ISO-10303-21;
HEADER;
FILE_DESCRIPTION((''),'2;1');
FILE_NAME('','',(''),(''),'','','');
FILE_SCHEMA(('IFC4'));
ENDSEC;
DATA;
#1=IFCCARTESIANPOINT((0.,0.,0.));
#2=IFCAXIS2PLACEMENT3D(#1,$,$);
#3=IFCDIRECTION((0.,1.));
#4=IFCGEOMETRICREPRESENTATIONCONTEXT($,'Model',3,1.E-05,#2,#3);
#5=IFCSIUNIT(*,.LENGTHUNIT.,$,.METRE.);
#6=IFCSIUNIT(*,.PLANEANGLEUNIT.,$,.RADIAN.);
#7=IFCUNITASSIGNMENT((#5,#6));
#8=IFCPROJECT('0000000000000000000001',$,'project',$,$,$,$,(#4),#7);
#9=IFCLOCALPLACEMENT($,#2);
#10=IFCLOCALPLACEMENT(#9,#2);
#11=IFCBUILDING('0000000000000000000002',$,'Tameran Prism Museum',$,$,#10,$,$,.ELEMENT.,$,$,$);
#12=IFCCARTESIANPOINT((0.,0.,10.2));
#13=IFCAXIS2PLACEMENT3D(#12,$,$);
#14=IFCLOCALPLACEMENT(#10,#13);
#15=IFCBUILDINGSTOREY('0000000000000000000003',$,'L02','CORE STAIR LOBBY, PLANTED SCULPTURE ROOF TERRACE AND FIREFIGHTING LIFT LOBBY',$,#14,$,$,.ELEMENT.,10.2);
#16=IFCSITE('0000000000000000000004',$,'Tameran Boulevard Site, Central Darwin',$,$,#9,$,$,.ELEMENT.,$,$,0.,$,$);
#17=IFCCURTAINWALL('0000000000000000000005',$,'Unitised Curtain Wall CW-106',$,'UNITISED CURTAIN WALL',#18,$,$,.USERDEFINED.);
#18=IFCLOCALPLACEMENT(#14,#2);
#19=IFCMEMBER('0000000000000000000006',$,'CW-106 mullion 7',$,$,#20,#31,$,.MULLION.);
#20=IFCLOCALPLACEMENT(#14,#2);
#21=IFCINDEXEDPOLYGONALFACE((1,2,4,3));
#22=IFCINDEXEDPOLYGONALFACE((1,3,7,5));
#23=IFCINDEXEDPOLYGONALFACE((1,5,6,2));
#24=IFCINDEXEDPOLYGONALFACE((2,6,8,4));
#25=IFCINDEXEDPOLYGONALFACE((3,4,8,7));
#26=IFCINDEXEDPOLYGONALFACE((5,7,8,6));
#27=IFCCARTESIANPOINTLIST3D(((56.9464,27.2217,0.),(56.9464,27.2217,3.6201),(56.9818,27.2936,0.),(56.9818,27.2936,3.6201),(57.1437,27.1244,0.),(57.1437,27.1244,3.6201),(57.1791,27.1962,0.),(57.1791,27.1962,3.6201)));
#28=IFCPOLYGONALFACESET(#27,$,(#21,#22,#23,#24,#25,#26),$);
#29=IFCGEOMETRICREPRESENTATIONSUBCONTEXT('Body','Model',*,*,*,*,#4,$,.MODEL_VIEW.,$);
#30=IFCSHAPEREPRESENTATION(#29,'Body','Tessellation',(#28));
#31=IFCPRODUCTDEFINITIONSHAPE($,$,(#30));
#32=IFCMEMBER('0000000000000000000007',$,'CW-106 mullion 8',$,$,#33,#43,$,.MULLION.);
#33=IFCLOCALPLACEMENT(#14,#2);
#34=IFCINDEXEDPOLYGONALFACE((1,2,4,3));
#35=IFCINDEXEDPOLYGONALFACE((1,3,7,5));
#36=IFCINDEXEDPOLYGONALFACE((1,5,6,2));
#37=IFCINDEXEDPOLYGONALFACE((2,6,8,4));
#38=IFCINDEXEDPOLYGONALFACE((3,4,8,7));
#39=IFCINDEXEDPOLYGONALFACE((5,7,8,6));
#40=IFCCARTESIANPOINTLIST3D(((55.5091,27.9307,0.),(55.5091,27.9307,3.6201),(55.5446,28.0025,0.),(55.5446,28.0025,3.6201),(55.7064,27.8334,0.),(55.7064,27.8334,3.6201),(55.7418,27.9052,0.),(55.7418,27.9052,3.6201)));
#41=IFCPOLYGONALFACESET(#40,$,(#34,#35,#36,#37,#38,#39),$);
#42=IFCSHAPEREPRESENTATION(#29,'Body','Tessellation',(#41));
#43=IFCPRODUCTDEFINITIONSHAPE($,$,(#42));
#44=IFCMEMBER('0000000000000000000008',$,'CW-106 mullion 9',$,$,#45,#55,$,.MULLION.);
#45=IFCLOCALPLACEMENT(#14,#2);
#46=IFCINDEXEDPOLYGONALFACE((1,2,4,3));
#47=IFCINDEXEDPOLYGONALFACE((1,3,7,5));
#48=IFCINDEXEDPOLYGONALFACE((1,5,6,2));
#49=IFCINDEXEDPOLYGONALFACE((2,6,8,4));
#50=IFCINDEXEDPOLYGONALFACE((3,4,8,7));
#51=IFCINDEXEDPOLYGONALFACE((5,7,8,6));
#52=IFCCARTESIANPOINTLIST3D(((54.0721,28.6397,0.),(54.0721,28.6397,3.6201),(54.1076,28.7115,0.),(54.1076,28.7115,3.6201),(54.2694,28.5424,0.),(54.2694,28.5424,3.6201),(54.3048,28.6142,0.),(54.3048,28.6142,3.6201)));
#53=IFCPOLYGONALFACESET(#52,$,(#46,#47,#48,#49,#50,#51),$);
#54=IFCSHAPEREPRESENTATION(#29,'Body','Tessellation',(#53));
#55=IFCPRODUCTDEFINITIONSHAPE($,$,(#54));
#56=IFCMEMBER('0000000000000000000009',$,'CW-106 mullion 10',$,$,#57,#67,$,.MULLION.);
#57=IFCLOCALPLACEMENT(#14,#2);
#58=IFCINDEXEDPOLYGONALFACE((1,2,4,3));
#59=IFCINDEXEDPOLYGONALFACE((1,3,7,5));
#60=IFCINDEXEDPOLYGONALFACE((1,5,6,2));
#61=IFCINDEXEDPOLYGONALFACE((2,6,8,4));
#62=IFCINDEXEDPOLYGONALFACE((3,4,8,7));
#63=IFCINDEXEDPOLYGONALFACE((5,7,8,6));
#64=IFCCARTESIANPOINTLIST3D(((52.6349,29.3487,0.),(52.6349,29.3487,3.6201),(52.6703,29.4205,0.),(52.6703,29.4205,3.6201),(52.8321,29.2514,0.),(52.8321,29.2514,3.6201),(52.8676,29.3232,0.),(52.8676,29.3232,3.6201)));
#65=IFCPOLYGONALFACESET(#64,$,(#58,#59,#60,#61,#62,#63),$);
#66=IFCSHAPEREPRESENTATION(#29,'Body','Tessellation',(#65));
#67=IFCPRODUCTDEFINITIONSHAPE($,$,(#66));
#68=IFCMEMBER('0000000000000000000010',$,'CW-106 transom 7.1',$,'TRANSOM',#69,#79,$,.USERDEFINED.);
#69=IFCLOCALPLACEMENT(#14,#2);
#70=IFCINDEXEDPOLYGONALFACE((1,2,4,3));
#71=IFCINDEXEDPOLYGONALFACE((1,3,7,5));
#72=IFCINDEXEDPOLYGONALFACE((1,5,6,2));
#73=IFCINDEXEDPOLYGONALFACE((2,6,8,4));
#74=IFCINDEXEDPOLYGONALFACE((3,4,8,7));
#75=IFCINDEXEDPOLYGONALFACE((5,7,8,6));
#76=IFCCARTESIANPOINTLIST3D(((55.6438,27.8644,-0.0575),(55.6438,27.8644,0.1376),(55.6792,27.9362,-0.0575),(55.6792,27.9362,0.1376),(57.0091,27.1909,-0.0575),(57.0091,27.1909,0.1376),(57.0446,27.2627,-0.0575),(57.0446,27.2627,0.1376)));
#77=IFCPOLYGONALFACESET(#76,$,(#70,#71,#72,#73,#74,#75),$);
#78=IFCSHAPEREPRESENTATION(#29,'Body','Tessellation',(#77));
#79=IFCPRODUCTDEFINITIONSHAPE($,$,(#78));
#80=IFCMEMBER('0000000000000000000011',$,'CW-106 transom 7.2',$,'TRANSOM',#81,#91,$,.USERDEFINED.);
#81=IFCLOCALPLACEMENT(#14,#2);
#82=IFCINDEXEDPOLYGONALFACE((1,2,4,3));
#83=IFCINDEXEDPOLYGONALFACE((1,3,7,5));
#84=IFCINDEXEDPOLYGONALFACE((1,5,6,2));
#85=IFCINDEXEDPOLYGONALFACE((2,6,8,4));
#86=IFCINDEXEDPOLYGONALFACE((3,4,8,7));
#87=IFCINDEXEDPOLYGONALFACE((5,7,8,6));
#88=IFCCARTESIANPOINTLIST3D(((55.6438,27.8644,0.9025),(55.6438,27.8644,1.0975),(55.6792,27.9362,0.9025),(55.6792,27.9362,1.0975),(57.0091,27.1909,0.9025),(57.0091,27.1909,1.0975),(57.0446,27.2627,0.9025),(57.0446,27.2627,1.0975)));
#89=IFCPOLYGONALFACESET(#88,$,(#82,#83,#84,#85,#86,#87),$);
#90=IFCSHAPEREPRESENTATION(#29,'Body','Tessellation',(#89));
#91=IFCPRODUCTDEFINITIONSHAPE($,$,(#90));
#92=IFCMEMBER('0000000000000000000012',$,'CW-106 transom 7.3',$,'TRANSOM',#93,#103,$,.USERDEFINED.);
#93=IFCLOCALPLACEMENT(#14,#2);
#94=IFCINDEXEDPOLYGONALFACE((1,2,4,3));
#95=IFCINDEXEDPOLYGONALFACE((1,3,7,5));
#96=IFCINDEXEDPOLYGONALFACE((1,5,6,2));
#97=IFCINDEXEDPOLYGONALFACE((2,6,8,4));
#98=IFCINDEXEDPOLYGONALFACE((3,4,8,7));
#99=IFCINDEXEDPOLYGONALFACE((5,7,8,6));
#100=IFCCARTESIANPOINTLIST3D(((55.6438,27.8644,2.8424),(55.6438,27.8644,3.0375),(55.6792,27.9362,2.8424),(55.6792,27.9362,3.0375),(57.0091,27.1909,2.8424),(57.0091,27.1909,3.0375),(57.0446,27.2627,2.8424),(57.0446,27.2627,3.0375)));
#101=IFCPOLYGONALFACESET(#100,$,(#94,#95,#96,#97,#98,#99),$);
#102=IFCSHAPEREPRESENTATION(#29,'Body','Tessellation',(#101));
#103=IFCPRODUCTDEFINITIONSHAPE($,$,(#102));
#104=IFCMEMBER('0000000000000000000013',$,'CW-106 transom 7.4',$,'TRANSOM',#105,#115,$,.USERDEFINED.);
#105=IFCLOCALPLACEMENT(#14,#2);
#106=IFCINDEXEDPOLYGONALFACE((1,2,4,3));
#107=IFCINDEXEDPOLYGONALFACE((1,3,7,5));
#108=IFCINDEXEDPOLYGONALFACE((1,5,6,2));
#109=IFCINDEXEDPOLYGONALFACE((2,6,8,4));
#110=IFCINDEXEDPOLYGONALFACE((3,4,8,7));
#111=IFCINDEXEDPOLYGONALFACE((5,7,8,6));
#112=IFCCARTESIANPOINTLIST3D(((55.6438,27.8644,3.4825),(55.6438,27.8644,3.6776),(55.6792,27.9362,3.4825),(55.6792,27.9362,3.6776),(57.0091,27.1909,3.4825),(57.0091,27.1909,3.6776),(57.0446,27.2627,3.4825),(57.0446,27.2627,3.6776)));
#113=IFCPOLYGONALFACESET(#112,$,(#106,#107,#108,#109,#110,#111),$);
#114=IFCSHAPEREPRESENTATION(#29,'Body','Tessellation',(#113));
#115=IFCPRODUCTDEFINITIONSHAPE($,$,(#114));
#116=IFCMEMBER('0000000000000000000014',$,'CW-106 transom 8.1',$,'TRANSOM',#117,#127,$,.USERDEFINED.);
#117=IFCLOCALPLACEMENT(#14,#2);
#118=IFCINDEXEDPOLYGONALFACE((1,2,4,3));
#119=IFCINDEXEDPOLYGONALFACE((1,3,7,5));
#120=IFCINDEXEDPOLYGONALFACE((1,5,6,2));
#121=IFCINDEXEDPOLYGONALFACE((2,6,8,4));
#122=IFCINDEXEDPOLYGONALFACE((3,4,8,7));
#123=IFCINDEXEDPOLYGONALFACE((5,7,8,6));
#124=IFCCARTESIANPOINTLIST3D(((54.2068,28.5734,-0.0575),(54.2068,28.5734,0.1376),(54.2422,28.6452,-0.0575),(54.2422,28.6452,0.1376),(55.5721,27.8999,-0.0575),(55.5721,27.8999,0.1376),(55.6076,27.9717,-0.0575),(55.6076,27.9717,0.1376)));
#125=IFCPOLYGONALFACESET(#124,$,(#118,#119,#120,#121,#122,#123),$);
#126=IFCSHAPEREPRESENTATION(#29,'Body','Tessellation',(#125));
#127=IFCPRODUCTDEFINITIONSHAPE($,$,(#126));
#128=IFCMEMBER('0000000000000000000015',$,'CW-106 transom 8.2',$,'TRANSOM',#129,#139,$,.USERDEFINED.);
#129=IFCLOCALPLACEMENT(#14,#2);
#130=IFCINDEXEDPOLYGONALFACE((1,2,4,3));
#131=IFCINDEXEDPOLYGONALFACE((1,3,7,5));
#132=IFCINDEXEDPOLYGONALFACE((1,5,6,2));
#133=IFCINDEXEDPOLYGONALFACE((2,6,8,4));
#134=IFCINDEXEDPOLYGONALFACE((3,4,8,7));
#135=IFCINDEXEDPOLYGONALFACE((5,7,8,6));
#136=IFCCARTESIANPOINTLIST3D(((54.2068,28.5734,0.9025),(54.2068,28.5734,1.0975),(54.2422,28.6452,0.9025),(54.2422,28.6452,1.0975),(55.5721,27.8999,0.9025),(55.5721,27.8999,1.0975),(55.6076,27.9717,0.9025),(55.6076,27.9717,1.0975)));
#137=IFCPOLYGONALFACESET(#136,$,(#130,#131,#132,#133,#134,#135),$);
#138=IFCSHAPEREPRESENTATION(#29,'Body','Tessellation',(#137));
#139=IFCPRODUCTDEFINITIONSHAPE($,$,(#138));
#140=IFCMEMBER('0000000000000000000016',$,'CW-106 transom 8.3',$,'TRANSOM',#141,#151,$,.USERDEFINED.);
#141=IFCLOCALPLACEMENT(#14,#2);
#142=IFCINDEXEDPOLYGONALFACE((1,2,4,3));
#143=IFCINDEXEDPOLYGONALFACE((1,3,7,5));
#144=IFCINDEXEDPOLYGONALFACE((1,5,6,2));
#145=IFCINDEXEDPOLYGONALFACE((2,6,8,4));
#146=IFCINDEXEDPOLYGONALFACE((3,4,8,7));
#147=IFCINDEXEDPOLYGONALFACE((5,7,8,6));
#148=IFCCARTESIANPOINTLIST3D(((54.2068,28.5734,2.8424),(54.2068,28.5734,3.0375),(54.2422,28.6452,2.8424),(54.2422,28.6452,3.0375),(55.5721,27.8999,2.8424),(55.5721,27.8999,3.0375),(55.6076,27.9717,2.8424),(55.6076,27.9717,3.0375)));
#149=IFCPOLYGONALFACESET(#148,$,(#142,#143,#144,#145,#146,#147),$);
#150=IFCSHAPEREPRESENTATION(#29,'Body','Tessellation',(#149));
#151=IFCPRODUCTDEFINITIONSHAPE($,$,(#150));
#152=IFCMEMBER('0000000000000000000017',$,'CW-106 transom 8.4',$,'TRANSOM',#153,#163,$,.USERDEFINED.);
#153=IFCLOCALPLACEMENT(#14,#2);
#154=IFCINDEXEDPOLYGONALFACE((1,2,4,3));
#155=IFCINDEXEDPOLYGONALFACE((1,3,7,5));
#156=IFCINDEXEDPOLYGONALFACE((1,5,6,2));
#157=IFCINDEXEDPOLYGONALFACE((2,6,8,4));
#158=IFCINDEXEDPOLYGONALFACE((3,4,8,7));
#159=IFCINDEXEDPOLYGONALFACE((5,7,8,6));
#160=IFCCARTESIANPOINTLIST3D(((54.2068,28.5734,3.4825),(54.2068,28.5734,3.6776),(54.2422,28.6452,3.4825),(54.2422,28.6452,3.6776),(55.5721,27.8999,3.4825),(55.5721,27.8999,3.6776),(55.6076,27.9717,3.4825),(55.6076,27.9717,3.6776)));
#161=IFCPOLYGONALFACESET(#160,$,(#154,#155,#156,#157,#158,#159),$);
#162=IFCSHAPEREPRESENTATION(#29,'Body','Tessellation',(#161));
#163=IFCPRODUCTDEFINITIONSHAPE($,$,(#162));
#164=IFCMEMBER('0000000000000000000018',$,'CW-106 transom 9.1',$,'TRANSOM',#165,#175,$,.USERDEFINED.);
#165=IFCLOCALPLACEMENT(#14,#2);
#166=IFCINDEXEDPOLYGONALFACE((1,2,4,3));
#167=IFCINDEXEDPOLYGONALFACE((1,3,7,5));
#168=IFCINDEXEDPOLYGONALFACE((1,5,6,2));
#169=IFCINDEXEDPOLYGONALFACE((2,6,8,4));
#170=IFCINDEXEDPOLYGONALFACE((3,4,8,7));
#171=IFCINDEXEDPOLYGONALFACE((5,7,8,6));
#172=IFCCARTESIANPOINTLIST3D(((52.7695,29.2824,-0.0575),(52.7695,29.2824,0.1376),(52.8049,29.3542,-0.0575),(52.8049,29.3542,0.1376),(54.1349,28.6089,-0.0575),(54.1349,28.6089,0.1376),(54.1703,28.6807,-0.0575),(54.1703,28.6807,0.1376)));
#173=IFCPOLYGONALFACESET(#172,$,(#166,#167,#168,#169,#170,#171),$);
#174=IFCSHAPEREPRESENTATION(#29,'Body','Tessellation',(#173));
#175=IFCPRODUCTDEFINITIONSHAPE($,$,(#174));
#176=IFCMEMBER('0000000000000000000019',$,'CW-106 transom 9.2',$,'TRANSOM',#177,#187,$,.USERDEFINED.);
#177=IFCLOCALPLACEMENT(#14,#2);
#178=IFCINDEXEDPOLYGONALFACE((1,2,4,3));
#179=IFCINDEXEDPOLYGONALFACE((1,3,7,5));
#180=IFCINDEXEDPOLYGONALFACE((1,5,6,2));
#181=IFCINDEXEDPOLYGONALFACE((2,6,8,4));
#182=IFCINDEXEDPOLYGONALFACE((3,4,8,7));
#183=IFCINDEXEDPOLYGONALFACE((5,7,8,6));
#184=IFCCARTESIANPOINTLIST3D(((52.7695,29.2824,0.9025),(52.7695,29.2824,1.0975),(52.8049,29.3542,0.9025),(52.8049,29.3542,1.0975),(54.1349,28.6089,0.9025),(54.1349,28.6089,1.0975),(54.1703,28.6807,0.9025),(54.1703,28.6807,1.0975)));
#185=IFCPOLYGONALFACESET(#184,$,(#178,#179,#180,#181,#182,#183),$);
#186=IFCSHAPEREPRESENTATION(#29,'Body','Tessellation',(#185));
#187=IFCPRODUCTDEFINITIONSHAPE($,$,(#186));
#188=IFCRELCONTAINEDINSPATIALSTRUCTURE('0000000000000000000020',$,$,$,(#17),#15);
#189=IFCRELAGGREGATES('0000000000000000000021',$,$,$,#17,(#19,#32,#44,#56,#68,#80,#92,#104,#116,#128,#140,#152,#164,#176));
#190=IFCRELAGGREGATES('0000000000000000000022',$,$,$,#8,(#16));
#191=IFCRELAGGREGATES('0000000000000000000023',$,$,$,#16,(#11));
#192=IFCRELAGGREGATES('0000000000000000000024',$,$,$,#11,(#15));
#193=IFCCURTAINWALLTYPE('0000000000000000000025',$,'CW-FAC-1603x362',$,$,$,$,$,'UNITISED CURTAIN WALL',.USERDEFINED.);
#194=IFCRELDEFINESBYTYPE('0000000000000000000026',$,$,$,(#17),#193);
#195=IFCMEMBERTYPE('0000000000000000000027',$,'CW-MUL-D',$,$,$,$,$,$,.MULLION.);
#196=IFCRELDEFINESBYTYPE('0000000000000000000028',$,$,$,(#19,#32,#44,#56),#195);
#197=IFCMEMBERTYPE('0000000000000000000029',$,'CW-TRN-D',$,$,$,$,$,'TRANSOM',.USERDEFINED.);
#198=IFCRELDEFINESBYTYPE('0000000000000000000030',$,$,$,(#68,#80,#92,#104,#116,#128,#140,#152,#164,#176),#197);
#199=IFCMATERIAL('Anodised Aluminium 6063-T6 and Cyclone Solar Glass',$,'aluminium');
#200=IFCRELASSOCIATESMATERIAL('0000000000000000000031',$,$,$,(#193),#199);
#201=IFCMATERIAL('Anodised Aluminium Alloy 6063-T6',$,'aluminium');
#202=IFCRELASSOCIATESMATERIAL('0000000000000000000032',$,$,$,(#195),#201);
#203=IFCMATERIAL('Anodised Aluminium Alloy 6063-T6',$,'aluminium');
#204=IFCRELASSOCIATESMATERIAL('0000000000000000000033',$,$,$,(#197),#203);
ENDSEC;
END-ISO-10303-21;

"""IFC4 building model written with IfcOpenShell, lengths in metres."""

from ifc_helpers import new_model, si_unit, direction, frame, origin, origin_2d, place, context, subcontext, project, spatial, rectangle, extrude, material, material_profile, profile_set, type_object, element, aggregate, save


model = new_model("IFC4")

# Units and contexts
model_context = context("Model", 3, precision=1e-05, world=origin(), true_north=direction((0.0, 1.0)))
body_context = subcontext(model_context, "Body", "Model", "MODEL_VIEW")
ifc_project = project(units=[si_unit("LENGTHUNIT", "METRE"), si_unit("PLANEANGLEUNIT", "RADIAN")], contexts=[model_context])

# Site, building, storey
site_placement = place(None, origin())
site = spatial("IfcSite", under=ifc_project, at=site_placement, Name="Tameran Boulevard Site, Central Darwin", CompositionType="ELEMENT", RefElevation=0.0)
building_placement = place(site_placement, origin())
building = spatial("IfcBuilding", under=site, at=building_placement, Name="Tameran Prism Museum", CompositionType="ELEMENT")
storey_placement = place(building_placement, frame((0.0, 0.0, 10.2)))
storey = spatial("IfcBuildingStorey", under=building, at=storey_placement, Name="L02", Description="CORE STAIR LOBBY, PLANTED SCULPTURE ROOF TERRACE AND FIREFIGHTING LIFT LOBBY", CompositionType="ELEMENT", Elevation=10.2)

# Curtain wall, members
ifc_material_1 = material(Name="Anodised Aluminium 6063-T6 and Cyclone Solar Glass", Category="aluminium")
curtain_wall_type = type_object("IfcCurtainWallType", Name="CW-FAC-1603x362", ElementType="UNITISED CURTAIN WALL", PredefinedType="USERDEFINED", material=ifc_material_1)
curtain_wall_placement = place(storey_placement, origin())
curtain_wall = element("IfcCurtainWall", 1, at=curtain_wall_placement, inside=storey, type_object=curtain_wall_type, Name="Unitised Curtain Wall CW-106", ObjectType="UNITISED CURTAIN WALL", PredefinedType="USERDEFINED")
ifc_material_2 = material(Name="Anodised Aluminium Alloy 6063-T6", Category="aluminium")
ifc_material_profile_1 = material_profile(ifc_material_2, rectangle(XDim=0.0801, YDim=0.22, at=origin_2d()))
ifc_profile_set_1 = profile_set([ifc_material_profile_1])
member_type_1 = type_object("IfcMemberType", Name="CW-MUL-D", PredefinedType="MULLION", material=ifc_profile_set_1)
member_1_placement = place(storey_placement, frame((57.0627, 27.209, 0.0), z_axis=(0.0, 0.0, 1.0), x_axis=(-0.442415, -0.896811, 0.0)))
member_1 = element("IfcMember", 2, at=member_1_placement, type_object=member_type_1, Name="CW-106 mullion 7", PredefinedType="MULLION", context=body_context, shape_type="SweptSolid", body=[
    extrude(rectangle(XDim=0.0801, YDim=0.22, at=origin_2d()), origin(), (0.0, 0.0, 1.0), 3.6201),
])
member_2_placement = place(storey_placement, frame((55.6255, 27.918, 0.0), z_axis=(0.0, 0.0, 1.0), x_axis=(-0.442415, -0.896811, 0.0)))
member_2 = element("IfcMember", 3, at=member_2_placement, type_object=member_type_1, Name="CW-106 mullion 8", PredefinedType="MULLION", context=body_context, shape_type="SweptSolid", body=[
    extrude(rectangle(XDim=0.0801, YDim=0.22, at=origin_2d()), origin(), (0.0, 0.0, 1.0), 3.6201),
])
member_3_placement = place(storey_placement, frame((54.1885, 28.627, 0.0), z_axis=(0.0, 0.0, 1.0), x_axis=(-0.442415, -0.896811, 0.0)))
member_3 = element("IfcMember", 4, at=member_3_placement, type_object=member_type_1, Name="CW-106 mullion 9", PredefinedType="MULLION", context=body_context, shape_type="SweptSolid", body=[
    extrude(rectangle(XDim=0.0801, YDim=0.22, at=origin_2d()), origin(), (0.0, 0.0, 1.0), 3.6201),
])
member_4_placement = place(storey_placement, frame((52.7512, 29.3359, 0.0), z_axis=(0.0, 0.0, 1.0), x_axis=(-0.442415, -0.896811, 0.0)))
member_4 = element("IfcMember", 5, at=member_4_placement, type_object=member_type_1, Name="CW-106 mullion 10", PredefinedType="MULLION", context=body_context, shape_type="SweptSolid", body=[
    extrude(rectangle(XDim=0.0801, YDim=0.22, at=origin_2d()), origin(), (0.0, 0.0, 1.0), 3.6201),
])
ifc_material_3 = material(Name="Anodised Aluminium Alloy 6063-T6", Category="aluminium")
ifc_material_profile_2 = material_profile(ifc_material_3, rectangle(XDim=0.0801, YDim=0.1951, at=origin_2d()))
ifc_profile_set_2 = profile_set([ifc_material_profile_2])
member_type_2 = type_object("IfcMemberType", Name="CW-TRN-D", ElementType="TRANSOM", PredefinedType="USERDEFINED", material=ifc_profile_set_2)
member_5_placement = place(storey_placement, frame((57.0269, 27.2268, 0.04), z_axis=(-0.896819, 0.442397, 0.0), x_axis=(-0.442397, -0.896819, 0.0)))
member_5 = element("IfcMember", 6, at=member_5_placement, type_object=member_type_2, Name="CW-106 transom 7.1", ObjectType="TRANSOM", PredefinedType="USERDEFINED", context=body_context, shape_type="SweptSolid", body=[
    extrude(rectangle(XDim=0.0801, YDim=0.1951, at=origin_2d()), origin(), (0.0, 0.0, 1.0), 1.5225),
])
member_6_placement = place(storey_placement, frame((57.0269, 27.2268, 1.0), z_axis=(-0.896819, 0.442397, 0.0), x_axis=(-0.442397, -0.896819, 0.0)))
member_6 = element("IfcMember", 7, at=member_6_placement, type_object=member_type_2, Name="CW-106 transom 7.2", ObjectType="TRANSOM", PredefinedType="USERDEFINED", context=body_context, shape_type="SweptSolid", body=[
    extrude(rectangle(XDim=0.0801, YDim=0.1951, at=origin_2d()), origin(), (0.0, 0.0, 1.0), 1.5225),
])
member_7_placement = place(storey_placement, frame((57.0269, 27.2268, 2.9399), z_axis=(-0.896819, 0.442397, 0.0), x_axis=(-0.442397, -0.896819, 0.0)))
member_7 = element("IfcMember", 8, at=member_7_placement, type_object=member_type_2, Name="CW-106 transom 7.3", ObjectType="TRANSOM", PredefinedType="USERDEFINED", context=body_context, shape_type="SweptSolid", body=[
    extrude(rectangle(XDim=0.0801, YDim=0.1951, at=origin_2d()), origin(), (0.0, 0.0, 1.0), 1.5225),
])
member_8_placement = place(storey_placement, frame((57.0269, 27.2268, 3.5801), z_axis=(-0.896819, 0.442397, 0.0), x_axis=(-0.442397, -0.896819, 0.0)))
member_8 = element("IfcMember", 9, at=member_8_placement, type_object=member_type_2, Name="CW-106 transom 7.4", ObjectType="TRANSOM", PredefinedType="USERDEFINED", context=body_context, shape_type="SweptSolid", body=[
    extrude(rectangle(XDim=0.0801, YDim=0.1951, at=origin_2d()), origin(), (0.0, 0.0, 1.0), 1.5225),
])
member_9_placement = place(storey_placement, frame((55.5898, 27.9358, 0.04), z_axis=(-0.896819, 0.442397, 0.0), x_axis=(-0.442397, -0.896819, 0.0)))
member_9 = element("IfcMember", 10, at=member_9_placement, type_object=member_type_2, Name="CW-106 transom 8.1", ObjectType="TRANSOM", PredefinedType="USERDEFINED", context=body_context, shape_type="SweptSolid", body=[
    extrude(rectangle(XDim=0.0801, YDim=0.1951, at=origin_2d()), origin(), (0.0, 0.0, 1.0), 1.5225),
])
member_10_placement = place(storey_placement, frame((55.5898, 27.9358, 1.0), z_axis=(-0.896819, 0.442397, 0.0), x_axis=(-0.442397, -0.896819, 0.0)))
member_10 = element("IfcMember", 11, at=member_10_placement, type_object=member_type_2, Name="CW-106 transom 8.2", ObjectType="TRANSOM", PredefinedType="USERDEFINED", context=body_context, shape_type="SweptSolid", body=[
    extrude(rectangle(XDim=0.0801, YDim=0.1951, at=origin_2d()), origin(), (0.0, 0.0, 1.0), 1.5225),
])
member_11_placement = place(storey_placement, frame((55.5898, 27.9358, 2.9399), z_axis=(-0.896819, 0.442397, 0.0), x_axis=(-0.442397, -0.896819, 0.0)))
member_11 = element("IfcMember", 12, at=member_11_placement, type_object=member_type_2, Name="CW-106 transom 8.3", ObjectType="TRANSOM", PredefinedType="USERDEFINED", context=body_context, shape_type="SweptSolid", body=[
    extrude(rectangle(XDim=0.0801, YDim=0.1951, at=origin_2d()), origin(), (0.0, 0.0, 1.0), 1.5225),
])
member_12_placement = place(storey_placement, frame((55.5898, 27.9358, 3.5801), z_axis=(-0.896819, 0.442397, 0.0), x_axis=(-0.442397, -0.896819, 0.0)))
member_12 = element("IfcMember", 13, at=member_12_placement, type_object=member_type_2, Name="CW-106 transom 8.4", ObjectType="TRANSOM", PredefinedType="USERDEFINED", context=body_context, shape_type="SweptSolid", body=[
    extrude(rectangle(XDim=0.0801, YDim=0.1951, at=origin_2d()), origin(), (0.0, 0.0, 1.0), 1.5225),
])
member_13_placement = place(storey_placement, frame((54.1526, 28.6448, 0.04), z_axis=(-0.896819, 0.442397, 0.0), x_axis=(-0.442397, -0.896819, 0.0)))
member_13 = element("IfcMember", 14, at=member_13_placement, type_object=member_type_2, Name="CW-106 transom 9.1", ObjectType="TRANSOM", PredefinedType="USERDEFINED", context=body_context, shape_type="SweptSolid", body=[
    extrude(rectangle(XDim=0.0801, YDim=0.1951, at=origin_2d()), origin(), (0.0, 0.0, 1.0), 1.5225),
])
member_14_placement = place(storey_placement, frame((54.1526, 28.6448, 1.0), z_axis=(-0.896819, 0.442397, 0.0), x_axis=(-0.442397, -0.896819, 0.0)))
member_14 = element("IfcMember", 15, at=member_14_placement, type_object=member_type_2, Name="CW-106 transom 9.2", ObjectType="TRANSOM", PredefinedType="USERDEFINED", context=body_context, shape_type="SweptSolid", body=[
    extrude(rectangle(XDim=0.0801, YDim=0.1951, at=origin_2d()), origin(), (0.0, 0.0, 1.0), 1.5225),
])
aggregate(curtain_wall, [member_1, member_2, member_3, member_4, member_5, member_6, member_7, member_8, member_9, member_10, member_11, member_12, member_13, member_14])

save(model, "model.ifc")
